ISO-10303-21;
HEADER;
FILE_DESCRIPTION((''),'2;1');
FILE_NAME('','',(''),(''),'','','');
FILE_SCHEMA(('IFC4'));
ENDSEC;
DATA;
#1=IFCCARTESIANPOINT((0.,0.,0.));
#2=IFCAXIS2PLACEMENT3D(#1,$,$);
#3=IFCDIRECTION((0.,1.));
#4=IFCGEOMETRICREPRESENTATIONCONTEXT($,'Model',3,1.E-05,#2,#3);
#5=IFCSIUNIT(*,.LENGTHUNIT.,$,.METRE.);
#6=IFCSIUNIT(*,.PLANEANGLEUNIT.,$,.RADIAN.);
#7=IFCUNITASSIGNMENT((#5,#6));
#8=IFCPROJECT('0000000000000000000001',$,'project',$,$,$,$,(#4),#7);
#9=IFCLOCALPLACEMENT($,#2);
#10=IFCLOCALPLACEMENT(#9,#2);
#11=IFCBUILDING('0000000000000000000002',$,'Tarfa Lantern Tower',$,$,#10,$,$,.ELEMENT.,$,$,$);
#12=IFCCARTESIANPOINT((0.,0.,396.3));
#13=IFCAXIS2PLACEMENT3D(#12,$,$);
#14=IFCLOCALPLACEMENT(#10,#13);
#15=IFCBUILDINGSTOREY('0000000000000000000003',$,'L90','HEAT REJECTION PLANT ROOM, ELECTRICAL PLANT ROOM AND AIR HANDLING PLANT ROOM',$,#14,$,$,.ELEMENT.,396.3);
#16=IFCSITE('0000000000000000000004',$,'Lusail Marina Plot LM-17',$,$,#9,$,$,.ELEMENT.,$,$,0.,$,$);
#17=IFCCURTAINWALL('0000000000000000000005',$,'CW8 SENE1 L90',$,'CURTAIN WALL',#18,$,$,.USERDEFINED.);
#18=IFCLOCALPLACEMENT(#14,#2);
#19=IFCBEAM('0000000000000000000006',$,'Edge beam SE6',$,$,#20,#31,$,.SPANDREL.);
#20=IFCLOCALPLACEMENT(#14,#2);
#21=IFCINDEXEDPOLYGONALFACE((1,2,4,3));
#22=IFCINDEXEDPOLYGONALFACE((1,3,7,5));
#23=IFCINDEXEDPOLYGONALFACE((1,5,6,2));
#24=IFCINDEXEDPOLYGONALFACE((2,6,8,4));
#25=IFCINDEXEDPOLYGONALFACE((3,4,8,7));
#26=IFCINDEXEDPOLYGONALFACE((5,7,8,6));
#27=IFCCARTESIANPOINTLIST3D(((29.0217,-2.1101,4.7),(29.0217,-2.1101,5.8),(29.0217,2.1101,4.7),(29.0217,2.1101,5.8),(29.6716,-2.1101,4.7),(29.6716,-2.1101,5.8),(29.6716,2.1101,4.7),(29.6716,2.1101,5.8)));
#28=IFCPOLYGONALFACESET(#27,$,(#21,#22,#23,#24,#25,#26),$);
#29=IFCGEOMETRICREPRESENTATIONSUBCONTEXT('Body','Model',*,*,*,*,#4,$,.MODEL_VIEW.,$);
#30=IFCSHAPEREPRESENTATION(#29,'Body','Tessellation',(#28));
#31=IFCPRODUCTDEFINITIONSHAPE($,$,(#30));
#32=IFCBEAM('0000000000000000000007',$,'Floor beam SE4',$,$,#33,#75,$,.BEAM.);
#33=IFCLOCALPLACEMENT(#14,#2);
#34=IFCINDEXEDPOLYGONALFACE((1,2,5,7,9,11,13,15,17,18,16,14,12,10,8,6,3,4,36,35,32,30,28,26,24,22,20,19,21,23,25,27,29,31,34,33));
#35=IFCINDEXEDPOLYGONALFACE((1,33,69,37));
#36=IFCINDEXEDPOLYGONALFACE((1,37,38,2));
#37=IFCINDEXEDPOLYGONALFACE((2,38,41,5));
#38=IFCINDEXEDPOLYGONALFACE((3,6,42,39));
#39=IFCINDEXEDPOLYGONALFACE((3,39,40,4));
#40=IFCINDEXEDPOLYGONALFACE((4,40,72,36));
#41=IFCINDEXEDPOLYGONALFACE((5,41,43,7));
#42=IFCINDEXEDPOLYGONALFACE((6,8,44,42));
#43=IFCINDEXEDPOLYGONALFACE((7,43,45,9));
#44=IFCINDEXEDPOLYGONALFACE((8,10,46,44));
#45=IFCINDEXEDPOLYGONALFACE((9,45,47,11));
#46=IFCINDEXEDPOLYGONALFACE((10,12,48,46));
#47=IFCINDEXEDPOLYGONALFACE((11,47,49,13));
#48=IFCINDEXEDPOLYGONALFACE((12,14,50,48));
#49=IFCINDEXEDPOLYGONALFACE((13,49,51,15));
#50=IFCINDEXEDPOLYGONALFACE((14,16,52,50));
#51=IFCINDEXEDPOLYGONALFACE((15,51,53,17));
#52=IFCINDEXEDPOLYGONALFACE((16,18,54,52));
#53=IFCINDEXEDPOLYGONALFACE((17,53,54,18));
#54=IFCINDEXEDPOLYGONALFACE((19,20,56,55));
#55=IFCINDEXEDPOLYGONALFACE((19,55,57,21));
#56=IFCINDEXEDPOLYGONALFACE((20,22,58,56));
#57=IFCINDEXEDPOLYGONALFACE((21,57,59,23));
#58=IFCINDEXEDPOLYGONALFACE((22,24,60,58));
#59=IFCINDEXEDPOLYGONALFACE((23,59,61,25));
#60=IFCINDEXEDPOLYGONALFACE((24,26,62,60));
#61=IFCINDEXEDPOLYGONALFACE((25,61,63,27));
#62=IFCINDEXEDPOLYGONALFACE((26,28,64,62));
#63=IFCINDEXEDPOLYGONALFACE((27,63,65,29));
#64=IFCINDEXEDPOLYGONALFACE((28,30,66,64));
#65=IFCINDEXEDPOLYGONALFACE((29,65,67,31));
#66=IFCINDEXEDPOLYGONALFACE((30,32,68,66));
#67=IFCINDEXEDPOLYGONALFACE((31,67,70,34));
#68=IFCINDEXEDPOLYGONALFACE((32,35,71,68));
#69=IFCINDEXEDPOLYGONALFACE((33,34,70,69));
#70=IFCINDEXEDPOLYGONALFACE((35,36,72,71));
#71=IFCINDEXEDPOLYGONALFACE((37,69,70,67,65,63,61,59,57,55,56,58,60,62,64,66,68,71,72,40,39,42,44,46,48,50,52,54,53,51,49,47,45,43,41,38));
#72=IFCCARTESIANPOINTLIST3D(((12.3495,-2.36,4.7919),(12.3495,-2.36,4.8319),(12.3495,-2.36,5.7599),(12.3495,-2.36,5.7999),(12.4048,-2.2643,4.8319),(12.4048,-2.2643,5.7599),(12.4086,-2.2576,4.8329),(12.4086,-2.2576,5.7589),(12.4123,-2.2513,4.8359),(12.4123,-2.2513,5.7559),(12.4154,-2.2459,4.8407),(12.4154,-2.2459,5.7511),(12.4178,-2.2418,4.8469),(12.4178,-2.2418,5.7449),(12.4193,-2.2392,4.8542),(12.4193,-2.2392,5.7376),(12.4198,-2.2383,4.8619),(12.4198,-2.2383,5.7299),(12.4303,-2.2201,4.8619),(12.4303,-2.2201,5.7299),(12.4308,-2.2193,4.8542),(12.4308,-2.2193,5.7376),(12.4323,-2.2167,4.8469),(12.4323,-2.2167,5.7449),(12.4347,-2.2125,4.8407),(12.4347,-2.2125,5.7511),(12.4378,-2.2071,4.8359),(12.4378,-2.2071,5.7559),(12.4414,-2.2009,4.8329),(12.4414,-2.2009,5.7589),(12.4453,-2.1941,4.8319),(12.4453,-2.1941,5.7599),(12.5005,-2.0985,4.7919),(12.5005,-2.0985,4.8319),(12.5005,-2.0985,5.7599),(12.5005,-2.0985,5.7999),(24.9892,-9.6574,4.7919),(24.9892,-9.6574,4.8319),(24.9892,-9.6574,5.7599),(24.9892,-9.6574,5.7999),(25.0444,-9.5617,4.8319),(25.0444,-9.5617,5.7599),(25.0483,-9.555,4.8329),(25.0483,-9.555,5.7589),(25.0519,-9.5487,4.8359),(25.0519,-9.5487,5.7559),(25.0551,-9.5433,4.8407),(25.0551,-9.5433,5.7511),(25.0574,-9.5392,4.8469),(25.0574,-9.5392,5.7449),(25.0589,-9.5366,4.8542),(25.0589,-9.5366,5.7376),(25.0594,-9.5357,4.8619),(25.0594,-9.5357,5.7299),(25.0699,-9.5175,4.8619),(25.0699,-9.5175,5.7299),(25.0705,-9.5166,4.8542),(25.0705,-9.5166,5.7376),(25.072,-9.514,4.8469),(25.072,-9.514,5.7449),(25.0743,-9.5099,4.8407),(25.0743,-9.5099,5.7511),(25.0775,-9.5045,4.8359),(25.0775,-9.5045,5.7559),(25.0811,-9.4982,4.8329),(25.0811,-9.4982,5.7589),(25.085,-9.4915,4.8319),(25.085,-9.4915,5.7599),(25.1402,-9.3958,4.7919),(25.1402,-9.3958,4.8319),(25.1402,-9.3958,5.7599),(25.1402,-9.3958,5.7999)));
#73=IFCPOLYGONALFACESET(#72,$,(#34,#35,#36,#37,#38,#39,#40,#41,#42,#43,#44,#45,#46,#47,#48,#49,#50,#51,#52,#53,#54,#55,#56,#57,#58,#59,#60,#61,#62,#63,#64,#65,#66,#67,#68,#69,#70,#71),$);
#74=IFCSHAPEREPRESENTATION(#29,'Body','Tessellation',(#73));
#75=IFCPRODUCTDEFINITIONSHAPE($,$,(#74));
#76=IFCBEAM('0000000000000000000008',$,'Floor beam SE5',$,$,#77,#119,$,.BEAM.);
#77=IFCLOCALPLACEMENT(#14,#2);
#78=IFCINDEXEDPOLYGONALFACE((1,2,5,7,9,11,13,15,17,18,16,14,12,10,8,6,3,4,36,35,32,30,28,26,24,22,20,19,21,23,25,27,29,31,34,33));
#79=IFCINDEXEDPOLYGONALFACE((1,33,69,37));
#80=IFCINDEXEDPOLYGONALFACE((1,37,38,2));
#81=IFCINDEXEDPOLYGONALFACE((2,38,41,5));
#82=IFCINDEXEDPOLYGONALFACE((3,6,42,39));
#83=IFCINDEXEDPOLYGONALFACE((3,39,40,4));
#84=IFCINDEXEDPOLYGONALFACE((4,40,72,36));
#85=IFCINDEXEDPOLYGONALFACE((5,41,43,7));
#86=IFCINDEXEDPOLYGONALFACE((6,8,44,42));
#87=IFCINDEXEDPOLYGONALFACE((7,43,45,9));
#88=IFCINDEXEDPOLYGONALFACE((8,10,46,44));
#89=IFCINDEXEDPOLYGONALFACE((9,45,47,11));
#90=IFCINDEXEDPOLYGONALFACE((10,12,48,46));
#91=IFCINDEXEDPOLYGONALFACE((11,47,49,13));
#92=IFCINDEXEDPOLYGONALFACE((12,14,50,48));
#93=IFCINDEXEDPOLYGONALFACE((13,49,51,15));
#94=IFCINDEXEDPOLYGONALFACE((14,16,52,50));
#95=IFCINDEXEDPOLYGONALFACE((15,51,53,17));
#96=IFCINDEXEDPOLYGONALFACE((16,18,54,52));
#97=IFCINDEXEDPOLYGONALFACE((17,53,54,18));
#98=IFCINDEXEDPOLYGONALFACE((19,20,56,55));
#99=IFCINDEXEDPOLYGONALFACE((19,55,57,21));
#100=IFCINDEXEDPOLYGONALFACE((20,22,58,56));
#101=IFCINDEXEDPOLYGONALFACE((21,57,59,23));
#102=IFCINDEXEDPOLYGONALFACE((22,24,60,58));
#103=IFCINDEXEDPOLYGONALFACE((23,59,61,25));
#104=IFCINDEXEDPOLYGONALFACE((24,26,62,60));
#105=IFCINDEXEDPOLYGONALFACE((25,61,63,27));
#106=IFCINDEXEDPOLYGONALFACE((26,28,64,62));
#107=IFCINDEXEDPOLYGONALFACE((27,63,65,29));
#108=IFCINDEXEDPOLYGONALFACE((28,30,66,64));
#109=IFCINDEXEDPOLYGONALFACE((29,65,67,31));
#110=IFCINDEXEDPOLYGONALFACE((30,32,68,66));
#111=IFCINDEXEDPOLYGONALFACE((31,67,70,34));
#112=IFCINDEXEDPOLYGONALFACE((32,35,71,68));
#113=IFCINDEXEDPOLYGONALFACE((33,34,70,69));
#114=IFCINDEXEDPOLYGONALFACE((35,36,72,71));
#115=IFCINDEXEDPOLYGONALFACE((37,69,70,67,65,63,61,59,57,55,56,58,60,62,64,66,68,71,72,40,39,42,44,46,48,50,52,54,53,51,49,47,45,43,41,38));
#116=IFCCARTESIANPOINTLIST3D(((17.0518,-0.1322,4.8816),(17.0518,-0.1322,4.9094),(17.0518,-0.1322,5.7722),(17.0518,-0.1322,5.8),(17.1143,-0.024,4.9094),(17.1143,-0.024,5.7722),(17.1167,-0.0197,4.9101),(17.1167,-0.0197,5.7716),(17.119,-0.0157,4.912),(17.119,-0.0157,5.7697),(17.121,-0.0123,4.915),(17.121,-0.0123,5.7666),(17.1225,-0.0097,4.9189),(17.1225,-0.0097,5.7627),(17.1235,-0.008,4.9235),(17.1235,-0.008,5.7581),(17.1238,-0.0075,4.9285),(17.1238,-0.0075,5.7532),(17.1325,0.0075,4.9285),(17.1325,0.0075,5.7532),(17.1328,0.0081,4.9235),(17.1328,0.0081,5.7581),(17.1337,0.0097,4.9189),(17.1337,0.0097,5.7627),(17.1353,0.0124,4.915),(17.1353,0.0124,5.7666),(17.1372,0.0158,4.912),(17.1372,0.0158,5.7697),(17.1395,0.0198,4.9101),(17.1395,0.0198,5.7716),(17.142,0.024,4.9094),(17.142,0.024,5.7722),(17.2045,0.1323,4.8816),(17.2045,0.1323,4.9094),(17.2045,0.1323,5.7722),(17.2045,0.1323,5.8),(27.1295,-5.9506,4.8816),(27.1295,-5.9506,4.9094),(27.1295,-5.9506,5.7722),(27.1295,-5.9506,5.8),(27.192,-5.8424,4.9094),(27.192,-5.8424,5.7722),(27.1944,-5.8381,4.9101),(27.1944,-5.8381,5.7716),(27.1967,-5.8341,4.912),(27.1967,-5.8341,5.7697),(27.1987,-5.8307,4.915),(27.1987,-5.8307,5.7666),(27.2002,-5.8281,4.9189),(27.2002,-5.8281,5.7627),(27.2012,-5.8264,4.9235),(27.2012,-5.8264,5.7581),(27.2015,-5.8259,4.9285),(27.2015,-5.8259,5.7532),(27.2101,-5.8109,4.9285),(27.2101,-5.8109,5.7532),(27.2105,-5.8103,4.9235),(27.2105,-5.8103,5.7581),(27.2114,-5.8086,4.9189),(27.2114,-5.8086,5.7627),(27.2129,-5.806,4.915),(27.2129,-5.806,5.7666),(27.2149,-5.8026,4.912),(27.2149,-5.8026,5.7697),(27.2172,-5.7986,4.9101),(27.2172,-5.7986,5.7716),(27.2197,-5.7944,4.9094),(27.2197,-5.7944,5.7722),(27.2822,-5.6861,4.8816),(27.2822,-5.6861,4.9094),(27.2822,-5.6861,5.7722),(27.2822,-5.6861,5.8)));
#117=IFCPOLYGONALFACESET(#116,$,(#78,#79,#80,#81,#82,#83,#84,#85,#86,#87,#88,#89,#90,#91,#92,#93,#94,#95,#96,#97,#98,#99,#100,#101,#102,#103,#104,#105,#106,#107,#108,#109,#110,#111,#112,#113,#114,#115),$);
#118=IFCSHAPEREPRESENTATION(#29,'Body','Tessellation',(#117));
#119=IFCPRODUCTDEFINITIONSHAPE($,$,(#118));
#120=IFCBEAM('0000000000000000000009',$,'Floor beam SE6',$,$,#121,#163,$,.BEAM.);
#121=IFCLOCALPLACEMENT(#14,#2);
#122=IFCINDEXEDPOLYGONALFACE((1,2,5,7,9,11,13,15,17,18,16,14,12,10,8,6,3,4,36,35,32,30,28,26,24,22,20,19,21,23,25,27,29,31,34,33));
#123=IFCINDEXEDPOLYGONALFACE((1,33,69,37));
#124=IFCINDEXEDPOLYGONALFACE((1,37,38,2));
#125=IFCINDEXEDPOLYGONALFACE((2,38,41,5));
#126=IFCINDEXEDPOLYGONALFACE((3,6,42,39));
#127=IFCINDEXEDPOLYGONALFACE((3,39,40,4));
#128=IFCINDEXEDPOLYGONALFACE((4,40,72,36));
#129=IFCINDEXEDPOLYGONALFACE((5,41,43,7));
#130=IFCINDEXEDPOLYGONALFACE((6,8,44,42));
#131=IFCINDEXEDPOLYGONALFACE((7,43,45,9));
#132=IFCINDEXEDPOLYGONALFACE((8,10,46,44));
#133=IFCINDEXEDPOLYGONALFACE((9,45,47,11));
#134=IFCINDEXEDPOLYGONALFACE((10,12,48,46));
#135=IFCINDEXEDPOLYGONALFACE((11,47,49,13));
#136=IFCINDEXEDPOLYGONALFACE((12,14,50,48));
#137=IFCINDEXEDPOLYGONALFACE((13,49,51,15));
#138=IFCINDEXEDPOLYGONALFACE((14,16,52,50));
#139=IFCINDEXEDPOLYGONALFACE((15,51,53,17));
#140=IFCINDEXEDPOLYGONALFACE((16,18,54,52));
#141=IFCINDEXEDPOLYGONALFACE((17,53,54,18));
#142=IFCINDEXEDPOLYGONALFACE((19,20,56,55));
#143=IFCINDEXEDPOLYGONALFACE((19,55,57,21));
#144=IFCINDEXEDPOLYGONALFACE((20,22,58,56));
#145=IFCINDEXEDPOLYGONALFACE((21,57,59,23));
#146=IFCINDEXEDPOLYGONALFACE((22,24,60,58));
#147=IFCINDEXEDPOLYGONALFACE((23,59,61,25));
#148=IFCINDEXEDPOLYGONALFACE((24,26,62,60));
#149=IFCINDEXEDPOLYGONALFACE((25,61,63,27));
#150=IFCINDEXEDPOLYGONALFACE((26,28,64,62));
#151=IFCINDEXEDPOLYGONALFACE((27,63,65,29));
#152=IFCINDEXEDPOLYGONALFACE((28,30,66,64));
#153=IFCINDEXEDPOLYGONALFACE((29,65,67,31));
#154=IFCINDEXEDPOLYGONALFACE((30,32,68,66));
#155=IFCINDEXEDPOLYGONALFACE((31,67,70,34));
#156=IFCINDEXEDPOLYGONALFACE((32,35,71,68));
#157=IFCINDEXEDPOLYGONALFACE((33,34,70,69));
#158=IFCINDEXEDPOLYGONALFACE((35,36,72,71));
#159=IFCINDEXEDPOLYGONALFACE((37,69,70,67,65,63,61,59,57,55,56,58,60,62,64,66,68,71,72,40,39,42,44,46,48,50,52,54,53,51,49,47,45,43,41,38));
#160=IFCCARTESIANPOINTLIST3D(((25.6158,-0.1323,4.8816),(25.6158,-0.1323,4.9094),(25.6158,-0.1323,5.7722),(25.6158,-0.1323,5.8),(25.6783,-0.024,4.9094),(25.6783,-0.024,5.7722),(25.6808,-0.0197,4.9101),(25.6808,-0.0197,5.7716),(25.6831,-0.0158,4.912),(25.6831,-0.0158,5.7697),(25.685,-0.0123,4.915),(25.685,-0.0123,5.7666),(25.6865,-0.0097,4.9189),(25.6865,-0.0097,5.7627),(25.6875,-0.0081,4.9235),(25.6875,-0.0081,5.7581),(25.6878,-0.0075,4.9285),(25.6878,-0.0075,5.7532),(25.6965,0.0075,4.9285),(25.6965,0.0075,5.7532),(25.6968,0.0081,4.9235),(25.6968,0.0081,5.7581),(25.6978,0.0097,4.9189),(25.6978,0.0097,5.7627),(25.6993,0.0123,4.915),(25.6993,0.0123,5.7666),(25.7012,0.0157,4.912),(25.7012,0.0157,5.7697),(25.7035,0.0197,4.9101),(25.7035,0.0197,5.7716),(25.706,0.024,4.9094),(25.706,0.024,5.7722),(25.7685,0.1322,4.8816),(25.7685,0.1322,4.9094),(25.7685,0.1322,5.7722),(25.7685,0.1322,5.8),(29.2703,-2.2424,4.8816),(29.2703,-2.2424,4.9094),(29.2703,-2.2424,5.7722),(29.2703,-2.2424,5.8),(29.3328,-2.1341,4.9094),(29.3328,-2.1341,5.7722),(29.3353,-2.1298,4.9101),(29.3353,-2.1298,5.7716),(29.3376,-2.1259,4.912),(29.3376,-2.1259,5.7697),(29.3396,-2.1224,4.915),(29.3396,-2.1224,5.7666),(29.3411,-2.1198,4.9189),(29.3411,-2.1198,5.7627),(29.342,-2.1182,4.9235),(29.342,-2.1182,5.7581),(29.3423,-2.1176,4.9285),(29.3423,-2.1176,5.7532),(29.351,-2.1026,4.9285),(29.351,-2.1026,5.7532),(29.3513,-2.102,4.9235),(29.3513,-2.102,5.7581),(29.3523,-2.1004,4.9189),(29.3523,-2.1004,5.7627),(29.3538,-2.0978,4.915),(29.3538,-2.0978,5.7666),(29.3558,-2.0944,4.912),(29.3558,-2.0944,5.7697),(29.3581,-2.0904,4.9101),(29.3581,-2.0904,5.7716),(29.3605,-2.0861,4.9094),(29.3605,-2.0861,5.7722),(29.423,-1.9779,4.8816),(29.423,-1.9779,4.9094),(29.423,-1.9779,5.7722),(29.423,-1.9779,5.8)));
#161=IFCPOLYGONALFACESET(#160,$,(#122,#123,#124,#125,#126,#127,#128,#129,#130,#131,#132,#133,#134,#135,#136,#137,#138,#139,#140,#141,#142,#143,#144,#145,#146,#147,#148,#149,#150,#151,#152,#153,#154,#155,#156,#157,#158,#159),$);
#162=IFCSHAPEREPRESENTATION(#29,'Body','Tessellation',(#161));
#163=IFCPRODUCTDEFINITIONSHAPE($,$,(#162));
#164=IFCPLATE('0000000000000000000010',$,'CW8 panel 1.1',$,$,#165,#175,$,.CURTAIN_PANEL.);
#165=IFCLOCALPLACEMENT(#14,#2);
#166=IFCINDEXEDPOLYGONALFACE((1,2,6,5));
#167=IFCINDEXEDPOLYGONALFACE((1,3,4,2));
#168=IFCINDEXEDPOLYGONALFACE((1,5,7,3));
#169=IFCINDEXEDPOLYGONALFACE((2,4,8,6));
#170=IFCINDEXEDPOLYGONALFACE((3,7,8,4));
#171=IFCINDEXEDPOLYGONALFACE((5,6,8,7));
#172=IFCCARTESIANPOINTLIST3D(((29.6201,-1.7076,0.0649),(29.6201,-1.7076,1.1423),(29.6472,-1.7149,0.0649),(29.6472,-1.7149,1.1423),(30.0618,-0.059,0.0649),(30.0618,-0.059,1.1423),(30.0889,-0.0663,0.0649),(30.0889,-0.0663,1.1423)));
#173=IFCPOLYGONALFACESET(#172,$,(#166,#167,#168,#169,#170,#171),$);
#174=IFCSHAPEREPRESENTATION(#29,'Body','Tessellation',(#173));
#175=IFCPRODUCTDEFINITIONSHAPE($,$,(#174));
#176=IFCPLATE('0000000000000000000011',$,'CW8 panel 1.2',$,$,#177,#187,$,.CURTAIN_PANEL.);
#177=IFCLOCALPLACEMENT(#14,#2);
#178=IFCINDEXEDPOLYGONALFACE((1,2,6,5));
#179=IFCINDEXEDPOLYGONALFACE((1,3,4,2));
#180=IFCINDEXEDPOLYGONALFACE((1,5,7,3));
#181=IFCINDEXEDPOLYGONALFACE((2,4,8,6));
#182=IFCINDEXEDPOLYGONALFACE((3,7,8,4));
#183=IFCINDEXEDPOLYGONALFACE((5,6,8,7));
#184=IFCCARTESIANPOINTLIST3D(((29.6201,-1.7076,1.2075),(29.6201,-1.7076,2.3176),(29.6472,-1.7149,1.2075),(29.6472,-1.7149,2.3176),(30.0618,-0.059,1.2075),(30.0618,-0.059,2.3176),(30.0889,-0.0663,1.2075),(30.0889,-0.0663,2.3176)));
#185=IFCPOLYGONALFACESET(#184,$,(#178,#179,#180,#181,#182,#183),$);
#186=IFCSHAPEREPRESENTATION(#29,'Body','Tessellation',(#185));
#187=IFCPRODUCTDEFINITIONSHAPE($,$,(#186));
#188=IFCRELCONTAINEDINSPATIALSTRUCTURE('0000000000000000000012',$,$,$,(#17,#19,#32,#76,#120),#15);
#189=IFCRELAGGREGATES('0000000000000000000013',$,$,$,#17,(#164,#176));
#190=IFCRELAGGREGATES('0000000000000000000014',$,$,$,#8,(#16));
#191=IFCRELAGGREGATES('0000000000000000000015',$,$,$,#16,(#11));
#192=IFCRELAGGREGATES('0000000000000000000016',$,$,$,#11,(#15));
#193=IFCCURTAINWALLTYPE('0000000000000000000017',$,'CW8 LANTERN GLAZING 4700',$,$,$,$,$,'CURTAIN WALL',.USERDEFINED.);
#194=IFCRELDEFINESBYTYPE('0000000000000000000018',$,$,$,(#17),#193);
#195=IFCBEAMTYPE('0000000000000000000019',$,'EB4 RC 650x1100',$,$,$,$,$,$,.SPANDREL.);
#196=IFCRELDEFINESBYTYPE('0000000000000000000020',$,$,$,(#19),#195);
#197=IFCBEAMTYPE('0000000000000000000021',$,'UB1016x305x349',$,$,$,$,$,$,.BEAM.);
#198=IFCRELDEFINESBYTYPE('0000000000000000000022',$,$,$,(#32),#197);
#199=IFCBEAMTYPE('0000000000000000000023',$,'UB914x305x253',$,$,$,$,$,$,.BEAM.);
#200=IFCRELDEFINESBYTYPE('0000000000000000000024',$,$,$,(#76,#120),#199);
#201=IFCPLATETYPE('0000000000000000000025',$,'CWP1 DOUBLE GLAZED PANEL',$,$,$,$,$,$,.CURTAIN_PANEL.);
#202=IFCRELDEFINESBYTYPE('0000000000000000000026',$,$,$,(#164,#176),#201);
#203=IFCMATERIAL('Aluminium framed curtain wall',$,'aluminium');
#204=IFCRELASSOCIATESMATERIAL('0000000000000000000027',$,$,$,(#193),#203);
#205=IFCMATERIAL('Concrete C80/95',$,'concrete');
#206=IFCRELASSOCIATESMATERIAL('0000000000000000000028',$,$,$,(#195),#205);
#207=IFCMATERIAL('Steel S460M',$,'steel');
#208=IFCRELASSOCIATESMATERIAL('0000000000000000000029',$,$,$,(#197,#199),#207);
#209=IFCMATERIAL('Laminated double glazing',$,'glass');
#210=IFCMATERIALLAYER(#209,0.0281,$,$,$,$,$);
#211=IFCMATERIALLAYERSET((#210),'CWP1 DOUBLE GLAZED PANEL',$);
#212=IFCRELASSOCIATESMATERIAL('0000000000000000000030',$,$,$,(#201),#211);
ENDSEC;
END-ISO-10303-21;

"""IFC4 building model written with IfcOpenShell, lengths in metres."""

from ifc_helpers import new_model, si_unit, direction, frame, origin, origin_2d, place, context, subcontext, project, spatial, rectangle, i_section, extrude, material, layer, layer_set, material_profile, profile_set, type_object, element, aggregate, save


model = new_model("IFC4")

# Units and contexts
model_context = context("Model", 3, precision=1e-05, world=origin(), true_north=direction((0.0, 1.0)))
body_context = subcontext(model_context, "Body", "Model", "MODEL_VIEW")
ifc_project = project(units=[si_unit("LENGTHUNIT", "METRE"), si_unit("PLANEANGLEUNIT", "RADIAN")], contexts=[model_context])

# Site, building, storey
site_placement = place(None, origin())
site = spatial("IfcSite", under=ifc_project, at=site_placement, Name="Lusail Marina Plot LM-17", CompositionType="ELEMENT", RefElevation=0.0)
building_placement = place(site_placement, origin())
building = spatial("IfcBuilding", under=site, at=building_placement, Name="Tarfa Lantern Tower", CompositionType="ELEMENT")
storey_placement = place(building_placement, frame((0.0, 0.0, 396.3)))
storey = spatial("IfcBuildingStorey", under=building, at=storey_placement, Name="L90", Description="HEAT REJECTION PLANT ROOM, ELECTRICAL PLANT ROOM AND AIR HANDLING PLANT ROOM", CompositionType="ELEMENT", Elevation=396.3)

# Shared definitions
ifc_material_1 = material(Name="Concrete C80/95", Category="concrete")

# Curtain wall
ifc_material_2 = material(Name="Aluminium framed curtain wall", Category="aluminium")
curtain_wall_type = type_object("IfcCurtainWallType", Name="CW8 LANTERN GLAZING 4700", ElementType="CURTAIN WALL", PredefinedType="USERDEFINED", material=ifc_material_2)
curtain_wall_1_placement = place(storey_placement, origin())
curtain_wall_1 = element("IfcCurtainWall", 1, at=curtain_wall_1_placement, inside=storey, type_object=curtain_wall_type, Name="CW8 SENE1 L90", ObjectType="CURTAIN WALL", PredefinedType="USERDEFINED")

# Beams
ifc_material_profile_1 = material_profile(ifc_material_1, rectangle(XDim=0.6499, YDim=1.1001, at=origin_2d()), Name="RC 650x1100")
ifc_profile_set_1 = profile_set([ifc_material_profile_1], Name="Concrete C80/95")
beam_type_1 = type_object("IfcBeamType", Name="EB4 RC 650x1100", PredefinedType="SPANDREL", material=ifc_profile_set_1)
beam_1_placement = place(storey_placement, frame((29.3467, -2.1101, 5.25), z_axis=(0.0, 1.0, 0.0), x_axis=(-1.0, 0.0, 0.0)))
element("IfcBeam", 2, at=beam_1_placement, inside=storey, type_object=beam_type_1, Name="Edge beam SE6", PredefinedType="SPANDREL", context=body_context, shape_type="SweptSolid", body=[
    extrude(rectangle(XDim=0.6499, YDim=1.1001, at=origin_2d()), origin(), (0.0, 0.0, 1.0), 4.2202),
])
ifc_material_3 = material(Name="Steel S460M", Category="steel")
ifc_material_profile_2 = material_profile(ifc_material_3, i_section(OverallWidth=0.302, OverallDepth=1.0081, WebThickness=0.021, FlangeThickness=0.04, FilletRadius=0.03, at=origin_2d()), Name="UB1016x305x349")
ifc_profile_set_2 = profile_set([ifc_material_profile_2], Name="Steel S460M")
beam_type_2 = type_object("IfcBeamType", Name="UB1016x305x349", PredefinedType="BEAM", material=ifc_profile_set_2)
beam_2_placement = place(storey_placement, frame((25.0647, -9.5266, 5.2959), z_axis=(-0.86603, 0.499993, 0.0), x_axis=(-0.499993, -0.86603, 0.0)))
element("IfcBeam", 3, at=beam_2_placement, inside=storey, type_object=beam_type_2, Name="Floor beam SE4", PredefinedType="BEAM", context=body_context, shape_type="SweptSolid", body=[
    extrude(i_section(OverallWidth=0.302, OverallDepth=1.0081, WebThickness=0.021, FlangeThickness=0.04, FilletRadius=0.03, at=origin_2d()), origin(), (0.0, 0.0, 1.0), 14.595),
])
ifc_material_profile_3 = material_profile(ifc_material_3, i_section(OverallWidth=0.3054, OverallDepth=0.9185, WebThickness=0.0173, FlangeThickness=0.0278, FilletRadius=0.019, at=origin_2d()), Name="UB914x305x253")
ifc_profile_set_3 = profile_set([ifc_material_profile_3], Name="Steel S460M")
beam_type_3 = type_object("IfcBeamType", Name="UB914x305x253", PredefinedType="BEAM", material=ifc_profile_set_3)
beam_3_placement = place(storey_placement, frame((27.2058, -5.8184, 5.3408), z_axis=(-0.866024, 0.500002, 0.0), x_axis=(-0.500002, -0.866024, 0.0)))
element("IfcBeam", 4, at=beam_3_placement, inside=storey, type_object=beam_type_3, Name="Floor beam SE5", PredefinedType="BEAM", context=body_context, shape_type="SweptSolid", body=[
    extrude(i_section(OverallWidth=0.3054, OverallDepth=0.9185, WebThickness=0.0173, FlangeThickness=0.0278, FilletRadius=0.019, at=origin_2d()), origin(), (0.0, 0.0, 1.0), 11.6367),
])
beam_4_placement = place(storey_placement, frame((29.3467, -2.1101, 5.3408), z_axis=(-0.866009, 0.500028, 0.0), x_axis=(-0.500028, -0.866009, 0.0)))
element("IfcBeam", 5, at=beam_4_placement, inside=storey, type_object=beam_type_3, Name="Floor beam SE6", PredefinedType="BEAM", context=body_context, shape_type="SweptSolid", body=[
    extrude(i_section(OverallWidth=0.3054, OverallDepth=0.9185, WebThickness=0.0173, FlangeThickness=0.0278, FilletRadius=0.019, at=origin_2d()), origin(), (0.0, 0.0, 1.0), 4.22),
])

# Plates
ifc_material_4 = material(Name="Laminated double glazing", Category="glass")
ifc_layer = layer(ifc_material_4, 0.0281)
ifc_layer_set = layer_set([ifc_layer], Name="CWP1 DOUBLE GLAZED PANEL")
plate_type = type_object("IfcPlateType", Name="CWP1 DOUBLE GLAZED PANEL", PredefinedType="CURTAIN_PANEL", material=ifc_layer_set)
plate_1_placement = place(storey_placement, frame((29.8545, -0.887, 0.0649), z_axis=(0.0, 0.0, 1.0), x_axis=(0.258819, 0.965926, 0.0)))
plate_1 = element("IfcPlate", 6, at=plate_1_placement, type_object=plate_type, Name="CW8 panel 1.1", PredefinedType="CURTAIN_PANEL", context=body_context, shape_type="SweptSolid", body=[
    extrude(rectangle(XDim=1.7068, YDim=0.0281, at=origin_2d()), origin(), (0.0, 0.0, 1.0), 1.0774),
])
plate_2_placement = place(storey_placement, frame((29.8545, -0.887, 1.2075), z_axis=(0.0, 0.0, 1.0), x_axis=(0.258819, 0.965926, 0.0)))
plate_2 = element("IfcPlate", 7, at=plate_2_placement, type_object=plate_type, Name="CW8 panel 1.2", PredefinedType="CURTAIN_PANEL", context=body_context, shape_type="SweptSolid", body=[
    extrude(rectangle(XDim=1.7068, YDim=0.0281, at=origin_2d()), origin(), (0.0, 0.0, 1.0), 1.1101),
])
aggregate(curtain_wall_1, [plate_1, plate_2])

save(model, "model.ifc")
